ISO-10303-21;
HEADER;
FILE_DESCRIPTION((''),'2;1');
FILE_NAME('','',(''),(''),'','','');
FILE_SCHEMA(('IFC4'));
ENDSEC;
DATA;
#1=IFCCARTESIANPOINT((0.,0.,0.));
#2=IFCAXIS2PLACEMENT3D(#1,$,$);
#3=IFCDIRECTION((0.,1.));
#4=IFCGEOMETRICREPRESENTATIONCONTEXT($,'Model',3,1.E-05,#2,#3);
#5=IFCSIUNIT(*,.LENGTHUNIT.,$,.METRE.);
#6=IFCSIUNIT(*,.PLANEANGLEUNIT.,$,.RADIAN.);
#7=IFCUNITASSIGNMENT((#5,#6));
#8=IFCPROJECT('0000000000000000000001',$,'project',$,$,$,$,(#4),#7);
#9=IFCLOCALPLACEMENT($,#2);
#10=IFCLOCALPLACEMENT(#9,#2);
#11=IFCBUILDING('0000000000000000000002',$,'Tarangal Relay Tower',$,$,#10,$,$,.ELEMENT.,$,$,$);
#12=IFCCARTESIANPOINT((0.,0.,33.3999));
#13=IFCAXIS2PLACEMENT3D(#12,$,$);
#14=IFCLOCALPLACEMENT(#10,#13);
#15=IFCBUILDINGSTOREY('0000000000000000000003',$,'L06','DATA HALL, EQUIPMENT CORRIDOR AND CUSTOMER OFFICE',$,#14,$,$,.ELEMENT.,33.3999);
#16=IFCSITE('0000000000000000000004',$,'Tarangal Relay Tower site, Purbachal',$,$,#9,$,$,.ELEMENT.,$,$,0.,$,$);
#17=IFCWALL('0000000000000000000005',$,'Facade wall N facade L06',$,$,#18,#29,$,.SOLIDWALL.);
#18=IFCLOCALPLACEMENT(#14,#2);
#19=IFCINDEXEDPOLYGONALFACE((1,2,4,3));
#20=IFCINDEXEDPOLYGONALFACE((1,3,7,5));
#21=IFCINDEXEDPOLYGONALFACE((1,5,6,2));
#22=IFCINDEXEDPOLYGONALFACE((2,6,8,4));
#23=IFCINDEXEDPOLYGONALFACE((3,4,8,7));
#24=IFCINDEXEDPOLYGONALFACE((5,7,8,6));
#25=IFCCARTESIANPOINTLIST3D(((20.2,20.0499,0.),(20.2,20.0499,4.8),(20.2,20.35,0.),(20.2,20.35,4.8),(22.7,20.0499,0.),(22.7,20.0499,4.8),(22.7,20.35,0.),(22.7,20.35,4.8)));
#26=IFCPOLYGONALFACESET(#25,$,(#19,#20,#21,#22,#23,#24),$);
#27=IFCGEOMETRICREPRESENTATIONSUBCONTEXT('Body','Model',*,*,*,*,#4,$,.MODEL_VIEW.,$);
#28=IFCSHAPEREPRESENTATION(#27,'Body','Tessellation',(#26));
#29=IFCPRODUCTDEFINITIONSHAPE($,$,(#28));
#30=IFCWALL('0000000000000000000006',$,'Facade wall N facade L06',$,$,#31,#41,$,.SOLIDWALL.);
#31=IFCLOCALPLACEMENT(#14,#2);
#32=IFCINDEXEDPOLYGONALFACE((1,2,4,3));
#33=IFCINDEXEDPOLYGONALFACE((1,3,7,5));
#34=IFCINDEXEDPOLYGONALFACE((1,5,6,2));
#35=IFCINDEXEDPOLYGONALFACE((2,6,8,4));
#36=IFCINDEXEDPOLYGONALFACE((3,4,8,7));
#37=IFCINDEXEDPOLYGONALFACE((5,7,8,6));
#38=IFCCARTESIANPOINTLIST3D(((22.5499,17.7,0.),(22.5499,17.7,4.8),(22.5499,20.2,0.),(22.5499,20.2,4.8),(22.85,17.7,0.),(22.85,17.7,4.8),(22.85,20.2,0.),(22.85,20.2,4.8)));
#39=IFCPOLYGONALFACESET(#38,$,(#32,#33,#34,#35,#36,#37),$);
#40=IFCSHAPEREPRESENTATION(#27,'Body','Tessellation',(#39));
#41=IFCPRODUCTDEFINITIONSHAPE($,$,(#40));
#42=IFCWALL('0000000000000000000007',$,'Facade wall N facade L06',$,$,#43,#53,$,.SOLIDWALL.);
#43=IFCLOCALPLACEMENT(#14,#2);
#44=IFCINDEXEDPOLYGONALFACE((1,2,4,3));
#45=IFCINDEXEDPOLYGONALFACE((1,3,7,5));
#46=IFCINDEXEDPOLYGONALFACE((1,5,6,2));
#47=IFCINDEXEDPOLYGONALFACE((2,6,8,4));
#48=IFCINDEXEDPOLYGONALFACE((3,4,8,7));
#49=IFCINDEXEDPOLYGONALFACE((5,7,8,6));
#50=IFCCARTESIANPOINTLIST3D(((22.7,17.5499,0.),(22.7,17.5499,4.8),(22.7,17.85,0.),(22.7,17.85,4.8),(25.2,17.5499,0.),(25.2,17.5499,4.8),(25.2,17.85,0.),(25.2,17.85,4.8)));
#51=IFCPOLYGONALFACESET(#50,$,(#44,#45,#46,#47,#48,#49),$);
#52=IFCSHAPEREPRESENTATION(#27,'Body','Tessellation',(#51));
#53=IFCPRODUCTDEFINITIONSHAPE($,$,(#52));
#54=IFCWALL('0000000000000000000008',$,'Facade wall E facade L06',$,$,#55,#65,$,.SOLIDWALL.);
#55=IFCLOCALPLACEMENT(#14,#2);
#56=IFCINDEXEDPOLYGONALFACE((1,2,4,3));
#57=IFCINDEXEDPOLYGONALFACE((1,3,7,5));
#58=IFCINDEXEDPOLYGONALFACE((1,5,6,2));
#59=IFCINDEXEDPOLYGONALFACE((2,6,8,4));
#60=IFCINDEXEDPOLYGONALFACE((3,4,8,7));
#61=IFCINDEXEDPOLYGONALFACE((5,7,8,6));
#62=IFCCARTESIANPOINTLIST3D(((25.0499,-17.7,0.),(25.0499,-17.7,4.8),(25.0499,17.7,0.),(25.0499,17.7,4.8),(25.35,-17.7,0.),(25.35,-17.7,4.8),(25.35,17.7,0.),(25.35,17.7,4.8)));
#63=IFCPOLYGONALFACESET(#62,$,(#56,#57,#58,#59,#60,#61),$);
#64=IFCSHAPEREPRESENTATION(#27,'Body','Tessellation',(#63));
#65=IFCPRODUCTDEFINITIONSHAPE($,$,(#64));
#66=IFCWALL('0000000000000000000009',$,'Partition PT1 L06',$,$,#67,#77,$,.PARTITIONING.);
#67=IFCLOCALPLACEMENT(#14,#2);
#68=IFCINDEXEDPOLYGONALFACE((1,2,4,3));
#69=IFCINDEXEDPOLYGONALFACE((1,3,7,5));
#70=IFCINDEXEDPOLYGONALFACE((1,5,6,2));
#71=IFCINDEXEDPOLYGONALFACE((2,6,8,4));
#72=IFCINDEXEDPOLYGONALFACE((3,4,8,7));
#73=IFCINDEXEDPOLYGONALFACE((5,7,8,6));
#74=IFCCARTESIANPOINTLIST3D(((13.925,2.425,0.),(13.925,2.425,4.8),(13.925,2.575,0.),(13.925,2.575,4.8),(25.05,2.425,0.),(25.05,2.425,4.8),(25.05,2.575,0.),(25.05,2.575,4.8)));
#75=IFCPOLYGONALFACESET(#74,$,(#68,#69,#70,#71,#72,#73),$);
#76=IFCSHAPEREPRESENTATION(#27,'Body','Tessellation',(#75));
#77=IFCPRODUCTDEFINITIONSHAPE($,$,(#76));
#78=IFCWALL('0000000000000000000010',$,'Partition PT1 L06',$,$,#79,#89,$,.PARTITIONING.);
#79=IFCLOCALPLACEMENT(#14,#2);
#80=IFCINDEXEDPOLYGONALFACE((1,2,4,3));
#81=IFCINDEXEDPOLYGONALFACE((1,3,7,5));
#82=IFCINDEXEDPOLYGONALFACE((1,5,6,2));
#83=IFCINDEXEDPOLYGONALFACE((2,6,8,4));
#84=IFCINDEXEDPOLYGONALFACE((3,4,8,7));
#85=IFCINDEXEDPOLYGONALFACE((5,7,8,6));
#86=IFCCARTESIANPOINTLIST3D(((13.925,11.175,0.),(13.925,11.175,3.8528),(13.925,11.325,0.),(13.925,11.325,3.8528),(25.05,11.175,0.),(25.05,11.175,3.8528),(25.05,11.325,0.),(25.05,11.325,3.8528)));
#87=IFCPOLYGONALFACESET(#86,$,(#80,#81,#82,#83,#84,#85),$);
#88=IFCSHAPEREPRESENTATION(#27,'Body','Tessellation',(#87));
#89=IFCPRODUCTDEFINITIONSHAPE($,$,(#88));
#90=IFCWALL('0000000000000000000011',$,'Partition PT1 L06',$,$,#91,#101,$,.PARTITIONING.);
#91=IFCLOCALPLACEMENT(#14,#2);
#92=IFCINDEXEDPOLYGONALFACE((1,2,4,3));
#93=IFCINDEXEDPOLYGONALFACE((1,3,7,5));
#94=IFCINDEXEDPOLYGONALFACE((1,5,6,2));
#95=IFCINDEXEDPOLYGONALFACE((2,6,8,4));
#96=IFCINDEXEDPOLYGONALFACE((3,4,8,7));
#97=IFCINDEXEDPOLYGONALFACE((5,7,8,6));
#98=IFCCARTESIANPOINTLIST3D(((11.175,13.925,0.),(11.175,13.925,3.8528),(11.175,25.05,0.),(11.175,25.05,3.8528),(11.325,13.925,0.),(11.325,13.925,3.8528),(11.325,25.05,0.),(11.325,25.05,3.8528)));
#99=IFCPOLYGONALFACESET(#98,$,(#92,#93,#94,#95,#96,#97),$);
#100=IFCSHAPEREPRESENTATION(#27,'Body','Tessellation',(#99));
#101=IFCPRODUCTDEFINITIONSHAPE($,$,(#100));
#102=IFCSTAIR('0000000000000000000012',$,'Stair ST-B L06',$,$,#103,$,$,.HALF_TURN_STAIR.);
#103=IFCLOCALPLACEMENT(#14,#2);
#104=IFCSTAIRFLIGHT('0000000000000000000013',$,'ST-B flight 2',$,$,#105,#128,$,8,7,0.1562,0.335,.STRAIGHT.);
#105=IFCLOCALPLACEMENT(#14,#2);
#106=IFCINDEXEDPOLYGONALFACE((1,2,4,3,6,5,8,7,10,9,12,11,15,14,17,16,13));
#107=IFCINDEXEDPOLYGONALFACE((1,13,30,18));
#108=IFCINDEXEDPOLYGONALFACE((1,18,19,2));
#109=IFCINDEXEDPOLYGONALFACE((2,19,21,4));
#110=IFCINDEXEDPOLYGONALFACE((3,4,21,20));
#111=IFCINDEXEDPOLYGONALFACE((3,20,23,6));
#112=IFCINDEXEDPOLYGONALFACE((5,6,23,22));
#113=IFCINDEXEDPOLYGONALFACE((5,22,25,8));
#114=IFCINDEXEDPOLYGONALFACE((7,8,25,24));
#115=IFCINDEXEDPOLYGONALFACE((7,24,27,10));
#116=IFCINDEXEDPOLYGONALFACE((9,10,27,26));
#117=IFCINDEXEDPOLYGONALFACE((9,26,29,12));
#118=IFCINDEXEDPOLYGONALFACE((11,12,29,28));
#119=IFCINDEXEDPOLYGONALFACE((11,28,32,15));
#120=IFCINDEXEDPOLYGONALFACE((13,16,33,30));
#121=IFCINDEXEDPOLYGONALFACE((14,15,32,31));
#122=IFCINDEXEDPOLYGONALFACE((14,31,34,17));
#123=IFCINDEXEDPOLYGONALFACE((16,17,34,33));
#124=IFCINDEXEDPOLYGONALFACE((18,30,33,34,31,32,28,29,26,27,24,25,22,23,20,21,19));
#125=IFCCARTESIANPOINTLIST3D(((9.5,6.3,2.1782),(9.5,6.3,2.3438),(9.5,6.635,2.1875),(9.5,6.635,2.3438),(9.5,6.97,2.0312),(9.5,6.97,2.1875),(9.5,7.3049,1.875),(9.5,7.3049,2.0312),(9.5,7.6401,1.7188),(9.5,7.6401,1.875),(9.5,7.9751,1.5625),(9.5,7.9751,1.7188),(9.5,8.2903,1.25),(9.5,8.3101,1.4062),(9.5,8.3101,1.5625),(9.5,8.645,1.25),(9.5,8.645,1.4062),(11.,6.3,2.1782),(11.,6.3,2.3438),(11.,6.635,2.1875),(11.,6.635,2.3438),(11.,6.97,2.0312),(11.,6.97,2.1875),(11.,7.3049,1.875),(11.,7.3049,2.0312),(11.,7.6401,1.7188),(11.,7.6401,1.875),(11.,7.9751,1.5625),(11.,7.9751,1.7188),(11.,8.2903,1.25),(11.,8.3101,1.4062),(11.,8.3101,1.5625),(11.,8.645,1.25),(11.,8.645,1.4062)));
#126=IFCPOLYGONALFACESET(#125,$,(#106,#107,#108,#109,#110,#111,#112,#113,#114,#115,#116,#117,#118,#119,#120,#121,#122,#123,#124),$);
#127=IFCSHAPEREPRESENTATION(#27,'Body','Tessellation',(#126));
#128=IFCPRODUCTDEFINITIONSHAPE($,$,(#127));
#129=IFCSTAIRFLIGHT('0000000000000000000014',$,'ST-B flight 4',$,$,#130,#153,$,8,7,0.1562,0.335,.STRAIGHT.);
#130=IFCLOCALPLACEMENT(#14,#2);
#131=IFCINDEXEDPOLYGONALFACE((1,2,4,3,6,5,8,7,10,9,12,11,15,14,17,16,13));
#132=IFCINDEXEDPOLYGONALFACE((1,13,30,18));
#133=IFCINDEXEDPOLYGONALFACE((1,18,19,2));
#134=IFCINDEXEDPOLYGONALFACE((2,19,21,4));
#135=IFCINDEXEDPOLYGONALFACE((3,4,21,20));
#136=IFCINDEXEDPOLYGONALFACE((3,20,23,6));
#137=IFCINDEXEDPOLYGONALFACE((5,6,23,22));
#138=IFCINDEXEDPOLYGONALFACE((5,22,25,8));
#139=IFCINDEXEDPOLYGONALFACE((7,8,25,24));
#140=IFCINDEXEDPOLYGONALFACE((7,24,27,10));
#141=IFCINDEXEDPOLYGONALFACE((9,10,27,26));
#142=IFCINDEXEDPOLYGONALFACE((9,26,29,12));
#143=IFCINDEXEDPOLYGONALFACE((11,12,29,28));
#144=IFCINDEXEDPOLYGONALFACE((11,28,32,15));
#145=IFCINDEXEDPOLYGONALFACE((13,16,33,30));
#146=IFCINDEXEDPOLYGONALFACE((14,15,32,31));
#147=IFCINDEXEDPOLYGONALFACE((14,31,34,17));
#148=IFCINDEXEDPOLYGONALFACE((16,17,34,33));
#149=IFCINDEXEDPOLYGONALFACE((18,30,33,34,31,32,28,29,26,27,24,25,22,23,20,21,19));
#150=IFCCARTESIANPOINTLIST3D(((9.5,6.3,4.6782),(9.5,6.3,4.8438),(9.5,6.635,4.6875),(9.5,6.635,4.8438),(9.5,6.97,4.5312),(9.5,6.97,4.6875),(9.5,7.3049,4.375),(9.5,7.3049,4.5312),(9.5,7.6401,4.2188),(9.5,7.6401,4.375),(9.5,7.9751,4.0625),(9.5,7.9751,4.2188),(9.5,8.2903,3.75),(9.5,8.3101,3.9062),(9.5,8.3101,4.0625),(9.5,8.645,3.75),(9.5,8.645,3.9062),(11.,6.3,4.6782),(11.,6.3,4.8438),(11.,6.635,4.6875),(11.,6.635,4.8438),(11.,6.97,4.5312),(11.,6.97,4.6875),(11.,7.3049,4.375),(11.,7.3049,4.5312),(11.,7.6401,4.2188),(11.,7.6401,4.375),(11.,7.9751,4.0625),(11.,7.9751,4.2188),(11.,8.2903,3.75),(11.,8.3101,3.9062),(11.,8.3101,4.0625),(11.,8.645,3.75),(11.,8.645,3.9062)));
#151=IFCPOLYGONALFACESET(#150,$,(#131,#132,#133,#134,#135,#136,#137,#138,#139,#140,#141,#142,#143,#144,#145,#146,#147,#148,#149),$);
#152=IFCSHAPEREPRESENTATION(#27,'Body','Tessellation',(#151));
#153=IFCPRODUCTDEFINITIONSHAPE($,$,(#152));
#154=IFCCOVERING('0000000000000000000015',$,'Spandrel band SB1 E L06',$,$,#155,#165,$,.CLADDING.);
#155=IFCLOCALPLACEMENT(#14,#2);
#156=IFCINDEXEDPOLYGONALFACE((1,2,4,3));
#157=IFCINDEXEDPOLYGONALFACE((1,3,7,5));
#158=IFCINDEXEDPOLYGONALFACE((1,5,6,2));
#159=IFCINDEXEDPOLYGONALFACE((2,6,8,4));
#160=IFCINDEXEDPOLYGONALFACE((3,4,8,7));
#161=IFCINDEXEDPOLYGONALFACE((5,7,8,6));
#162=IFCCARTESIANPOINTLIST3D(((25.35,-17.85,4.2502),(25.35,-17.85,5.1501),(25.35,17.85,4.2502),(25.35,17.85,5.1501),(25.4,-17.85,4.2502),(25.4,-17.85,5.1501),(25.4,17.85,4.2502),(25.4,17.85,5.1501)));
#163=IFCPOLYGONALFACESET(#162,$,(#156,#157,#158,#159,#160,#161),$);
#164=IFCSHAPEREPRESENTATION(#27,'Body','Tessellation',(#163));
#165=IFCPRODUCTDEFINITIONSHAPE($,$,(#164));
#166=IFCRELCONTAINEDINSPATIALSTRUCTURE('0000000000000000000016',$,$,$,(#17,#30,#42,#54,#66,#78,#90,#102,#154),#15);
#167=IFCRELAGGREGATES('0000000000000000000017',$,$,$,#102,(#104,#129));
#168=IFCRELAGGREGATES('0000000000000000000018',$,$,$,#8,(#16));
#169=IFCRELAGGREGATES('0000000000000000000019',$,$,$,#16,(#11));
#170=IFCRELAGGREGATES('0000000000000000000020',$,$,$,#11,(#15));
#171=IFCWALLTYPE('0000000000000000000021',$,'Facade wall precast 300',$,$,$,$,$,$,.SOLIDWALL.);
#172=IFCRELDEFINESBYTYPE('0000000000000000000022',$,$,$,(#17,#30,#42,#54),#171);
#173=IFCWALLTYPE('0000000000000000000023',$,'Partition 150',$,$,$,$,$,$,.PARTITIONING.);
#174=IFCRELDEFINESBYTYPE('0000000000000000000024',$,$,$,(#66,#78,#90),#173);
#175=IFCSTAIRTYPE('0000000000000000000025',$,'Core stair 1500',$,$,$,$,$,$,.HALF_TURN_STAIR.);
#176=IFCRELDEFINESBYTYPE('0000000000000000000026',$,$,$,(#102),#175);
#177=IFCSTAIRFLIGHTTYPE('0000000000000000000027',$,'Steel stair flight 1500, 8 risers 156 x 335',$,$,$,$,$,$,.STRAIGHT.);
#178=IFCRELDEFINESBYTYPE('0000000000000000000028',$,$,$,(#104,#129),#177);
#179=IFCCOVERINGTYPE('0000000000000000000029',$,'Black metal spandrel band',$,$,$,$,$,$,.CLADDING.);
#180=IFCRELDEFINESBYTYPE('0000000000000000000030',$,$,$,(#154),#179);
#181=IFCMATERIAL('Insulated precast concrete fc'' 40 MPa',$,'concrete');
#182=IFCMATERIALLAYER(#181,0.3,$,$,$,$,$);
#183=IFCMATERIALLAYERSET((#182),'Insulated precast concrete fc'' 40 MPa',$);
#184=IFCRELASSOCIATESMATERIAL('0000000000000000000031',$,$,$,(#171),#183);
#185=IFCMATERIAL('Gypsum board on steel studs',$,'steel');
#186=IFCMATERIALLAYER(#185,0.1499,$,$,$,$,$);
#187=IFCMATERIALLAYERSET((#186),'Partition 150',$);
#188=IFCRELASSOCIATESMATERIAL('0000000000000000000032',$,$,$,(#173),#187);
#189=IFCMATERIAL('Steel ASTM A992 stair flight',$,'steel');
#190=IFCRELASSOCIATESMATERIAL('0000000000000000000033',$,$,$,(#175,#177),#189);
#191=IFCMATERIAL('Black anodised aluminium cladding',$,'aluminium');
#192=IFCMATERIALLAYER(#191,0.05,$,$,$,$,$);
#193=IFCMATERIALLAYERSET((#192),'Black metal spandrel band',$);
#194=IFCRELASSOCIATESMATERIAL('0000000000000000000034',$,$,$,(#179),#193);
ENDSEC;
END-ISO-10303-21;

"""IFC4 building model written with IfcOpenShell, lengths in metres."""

from ifc_helpers import new_model, si_unit, direction, frame, frame_2d, origin, origin_2d, place, context, subcontext, project, spatial, polyline, rectangle, outline, extrude, material, layer, layer_set, type_object, element, aggregate, save


model = new_model("IFC4")

# Units and contexts
model_context = context("Model", 3, precision=1e-05, world=origin(), true_north=direction((0.0, 1.0)))
body_context = subcontext(model_context, "Body", "Model", "MODEL_VIEW")
ifc_project = project(units=[si_unit("LENGTHUNIT", "METRE"), si_unit("PLANEANGLEUNIT", "RADIAN")], contexts=[model_context])

# Site, building, storey
site_placement = place(None, origin())
site = spatial("IfcSite", under=ifc_project, at=site_placement, Name="Tarangal Relay Tower site, Purbachal", CompositionType="ELEMENT", RefElevation=0.0)
building_placement = place(site_placement, origin())
building = spatial("IfcBuilding", under=site, at=building_placement, Name="Tarangal Relay Tower", CompositionType="ELEMENT")
storey_placement = place(building_placement, frame((0.0, 0.0, 33.3999)))
storey = spatial("IfcBuildingStorey", under=building, at=storey_placement, Name="L06", Description="DATA HALL, EQUIPMENT CORRIDOR AND CUSTOMER OFFICE", CompositionType="ELEMENT", Elevation=33.3999)

# Shared definitions
ifc_material_1 = material(Name="Insulated precast concrete fc' 40 MPa", Category="concrete")
ifc_layer_1 = layer(ifc_material_1, 0.3)
ifc_layer_set_1 = layer_set([ifc_layer_1], Name="Insulated precast concrete fc' 40 MPa")
wall_type_1 = type_object("IfcWallType", Name="Facade wall precast 300", PredefinedType="SOLIDWALL", material=ifc_layer_set_1)

# Walls
for number, where, z_axis, x_axis, name in (
    (1, (20.2, 20.2, 0.0), (0.0, 0.0, 1.0), (1.0, 0.0, 0.0), "Facade wall N facade L06"),
    (2, (22.7, 20.2, 0.0), (0.0, 0.0, 1.0), (0.0, -1.0, 0.0), "Facade wall N facade L06"),
    (3, (22.7, 17.7, 0.0), (0.0, 0.0, 1.0), (1.0, 0.0, 0.0), "Facade wall N facade L06"),
):
    element("IfcWall", number, at=place(storey_placement, frame(where, z_axis=z_axis, x_axis=x_axis)), inside=storey, type_object=wall_type_1, Name=name, PredefinedType="SOLIDWALL", context=body_context, shape_type="SweptSolid", body=[
        extrude(rectangle(XDim=2.5, YDim=0.3, at=frame_2d((1.25, 0.0))), origin(), (0.0, 0.0, 1.0), 4.8),
    ])
wall_1_placement = place(storey_placement, frame((25.2, 17.7, 0.0), z_axis=(0.0, 0.0, 1.0), x_axis=(0.0, -1.0, 0.0)))
element("IfcWall", 4, at=wall_1_placement, inside=storey, type_object=wall_type_1, Name="Facade wall E facade L06", PredefinedType="SOLIDWALL", context=body_context, shape_type="SweptSolid", body=[
    extrude(rectangle(XDim=35.3999, YDim=0.3, at=frame_2d((17.7, 0.0))), origin(), (0.0, 0.0, 1.0), 4.8),
])
ifc_material_2 = material(Name="Gypsum board on steel studs", Category="steel")
ifc_layer_2 = layer(ifc_material_2, 0.1499)
ifc_layer_set_2 = layer_set([ifc_layer_2], Name="Partition 150")
wall_type_2 = type_object("IfcWallType", Name="Partition 150", PredefinedType="PARTITIONING", material=ifc_layer_set_2)
wall_2_placement = place(storey_placement, frame((13.925, 2.5, 0.0), z_axis=(0.0, 0.0, 1.0), x_axis=(1.0, 0.0, 0.0)))
element("IfcWall", 5, at=wall_2_placement, inside=storey, type_object=wall_type_2, Name="Partition PT1 L06", PredefinedType="PARTITIONING", context=body_context, shape_type="SweptSolid", body=[
    extrude(rectangle(XDim=11.125, YDim=0.1499, at=frame_2d((5.5625, 0.0))), origin(), (0.0, 0.0, 1.0), 4.8),
])
for number, where, z_axis, x_axis, name in (
    (6, (13.925, 11.25, 0.0), (0.0, 0.0, 1.0), (1.0, 0.0, 0.0), "Partition PT1 L06"),
    (7, (11.25, 13.925, 0.0), (0.0, 0.0, 1.0), (0.0, 1.0, 0.0), "Partition PT1 L06"),
):
    element("IfcWall", number, at=place(storey_placement, frame(where, z_axis=z_axis, x_axis=x_axis)), inside=storey, type_object=wall_type_2, Name=name, PredefinedType="PARTITIONING", context=body_context, shape_type="SweptSolid", body=[
        extrude(rectangle(XDim=11.125, YDim=0.1499, at=frame_2d((5.5625, 0.0))), origin(), (0.0, 0.0, 1.0), 3.8528),
    ])

# Stair, stair flights
ifc_material_3 = material(Name="Steel ASTM A992 stair flight", Category="steel")
stair_type = type_object("IfcStairType", Name="Core stair 1500", PredefinedType="HALF_TURN_STAIR", material=ifc_material_3)
stair_placement = place(storey_placement, origin())
stair = element("IfcStair", 8, at=stair_placement, inside=storey, type_object=stair_type, Name="Stair ST-B L06", PredefinedType="HALF_TURN_STAIR")
stair_flight_type = type_object("IfcStairFlightType", Name="Steel stair flight 1500, 8 risers 156 x 335", PredefinedType="STRAIGHT", material=ifc_material_3)
stair_flight_1_placement = place(storey_placement, frame((10.25, 8.645, 1.25), z_axis=(0.0, 0.0, 1.0), x_axis=(0.0, -1.0, 0.0)))
stair_flight_1 = element("IfcStairFlight", 9, at=stair_flight_1_placement, type_object=stair_flight_type, Name="ST-B flight 2", NumberOfRisers=8, NumberOfTreads=7, PredefinedType="STRAIGHT", RiserHeight=0.1562, TreadLength=0.335, context=body_context, shape_type="SweptSolid", body=[
    extrude(outline(polyline([(0.0, 0.0), (0.0, 0.1562), (0.335, 0.1562), (0.335, 0.3125), (0.6699, 0.3125), (0.6699, 0.4688), (1.0049, 0.4688), (1.0049, 0.625), (1.3401, 0.625), (1.3401, 0.7812), (1.675, 0.7812), (1.675, 0.9375), (2.01, 0.9375), (2.01, 1.0938), (2.345, 1.0938), (2.345, 1.25), (2.345, 0.9282), (0.3547, 0.0), (0.0, 0.0)])), frame((0.0, 0.75, 0.0), z_axis=(0.0, -1.0, 0.0), x_axis=(1.0, 0.0, 0.0)), (0.0, 0.0, 1.0), 1.5),
])
stair_flight_2_placement = place(storey_placement, frame((10.25, 8.645, 3.75), z_axis=(0.0, 0.0, 1.0), x_axis=(0.0, -1.0, 0.0)))
stair_flight_2 = element("IfcStairFlight", 10, at=stair_flight_2_placement, type_object=stair_flight_type, Name="ST-B flight 4", NumberOfRisers=8, NumberOfTreads=7, PredefinedType="STRAIGHT", RiserHeight=0.1562, TreadLength=0.335, context=body_context, shape_type="SweptSolid", body=[
    extrude(outline(polyline([(0.0, 0.0), (0.0, 0.1562), (0.335, 0.1562), (0.335, 0.3125), (0.6699, 0.3125), (0.6699, 0.4688), (1.0049, 0.4688), (1.0049, 0.625), (1.3401, 0.625), (1.3401, 0.7812), (1.675, 0.7812), (1.675, 0.9375), (2.01, 0.9375), (2.01, 1.0938), (2.345, 1.0938), (2.345, 1.25), (2.345, 0.9282), (0.3547, 0.0), (0.0, 0.0)])), frame((0.0, 0.75, 0.0), z_axis=(0.0, -1.0, 0.0), x_axis=(1.0, 0.0, 0.0)), (0.0, 0.0, 1.0), 1.5),
])
aggregate(stair, [stair_flight_1, stair_flight_2])

# Covering
ifc_material_4 = material(Name="Black anodised aluminium cladding", Category="aluminium")
ifc_layer_3 = layer(ifc_material_4, 0.05)
ifc_layer_set_3 = layer_set([ifc_layer_3], Name="Black metal spandrel band")
covering_type = type_object("IfcCoveringType", Name="Black metal spandrel band", PredefinedType="CLADDING", material=ifc_layer_set_3)
covering_placement = place(storey_placement, frame((25.375, 0.0, 4.2502), z_axis=(0.0, 0.0, 1.0), x_axis=(0.0, -1.0, 0.0)))
element("IfcCovering", 11, at=covering_placement, inside=storey, type_object=covering_type, Name="Spandrel band SB1 E L06", PredefinedType="CLADDING", context=body_context, shape_type="SweptSolid", body=[
    extrude(rectangle(XDim=35.7, YDim=0.05, at=origin_2d()), origin(), (0.0, 0.0, 1.0), 0.8999),
])

save(model, "model.ifc")
